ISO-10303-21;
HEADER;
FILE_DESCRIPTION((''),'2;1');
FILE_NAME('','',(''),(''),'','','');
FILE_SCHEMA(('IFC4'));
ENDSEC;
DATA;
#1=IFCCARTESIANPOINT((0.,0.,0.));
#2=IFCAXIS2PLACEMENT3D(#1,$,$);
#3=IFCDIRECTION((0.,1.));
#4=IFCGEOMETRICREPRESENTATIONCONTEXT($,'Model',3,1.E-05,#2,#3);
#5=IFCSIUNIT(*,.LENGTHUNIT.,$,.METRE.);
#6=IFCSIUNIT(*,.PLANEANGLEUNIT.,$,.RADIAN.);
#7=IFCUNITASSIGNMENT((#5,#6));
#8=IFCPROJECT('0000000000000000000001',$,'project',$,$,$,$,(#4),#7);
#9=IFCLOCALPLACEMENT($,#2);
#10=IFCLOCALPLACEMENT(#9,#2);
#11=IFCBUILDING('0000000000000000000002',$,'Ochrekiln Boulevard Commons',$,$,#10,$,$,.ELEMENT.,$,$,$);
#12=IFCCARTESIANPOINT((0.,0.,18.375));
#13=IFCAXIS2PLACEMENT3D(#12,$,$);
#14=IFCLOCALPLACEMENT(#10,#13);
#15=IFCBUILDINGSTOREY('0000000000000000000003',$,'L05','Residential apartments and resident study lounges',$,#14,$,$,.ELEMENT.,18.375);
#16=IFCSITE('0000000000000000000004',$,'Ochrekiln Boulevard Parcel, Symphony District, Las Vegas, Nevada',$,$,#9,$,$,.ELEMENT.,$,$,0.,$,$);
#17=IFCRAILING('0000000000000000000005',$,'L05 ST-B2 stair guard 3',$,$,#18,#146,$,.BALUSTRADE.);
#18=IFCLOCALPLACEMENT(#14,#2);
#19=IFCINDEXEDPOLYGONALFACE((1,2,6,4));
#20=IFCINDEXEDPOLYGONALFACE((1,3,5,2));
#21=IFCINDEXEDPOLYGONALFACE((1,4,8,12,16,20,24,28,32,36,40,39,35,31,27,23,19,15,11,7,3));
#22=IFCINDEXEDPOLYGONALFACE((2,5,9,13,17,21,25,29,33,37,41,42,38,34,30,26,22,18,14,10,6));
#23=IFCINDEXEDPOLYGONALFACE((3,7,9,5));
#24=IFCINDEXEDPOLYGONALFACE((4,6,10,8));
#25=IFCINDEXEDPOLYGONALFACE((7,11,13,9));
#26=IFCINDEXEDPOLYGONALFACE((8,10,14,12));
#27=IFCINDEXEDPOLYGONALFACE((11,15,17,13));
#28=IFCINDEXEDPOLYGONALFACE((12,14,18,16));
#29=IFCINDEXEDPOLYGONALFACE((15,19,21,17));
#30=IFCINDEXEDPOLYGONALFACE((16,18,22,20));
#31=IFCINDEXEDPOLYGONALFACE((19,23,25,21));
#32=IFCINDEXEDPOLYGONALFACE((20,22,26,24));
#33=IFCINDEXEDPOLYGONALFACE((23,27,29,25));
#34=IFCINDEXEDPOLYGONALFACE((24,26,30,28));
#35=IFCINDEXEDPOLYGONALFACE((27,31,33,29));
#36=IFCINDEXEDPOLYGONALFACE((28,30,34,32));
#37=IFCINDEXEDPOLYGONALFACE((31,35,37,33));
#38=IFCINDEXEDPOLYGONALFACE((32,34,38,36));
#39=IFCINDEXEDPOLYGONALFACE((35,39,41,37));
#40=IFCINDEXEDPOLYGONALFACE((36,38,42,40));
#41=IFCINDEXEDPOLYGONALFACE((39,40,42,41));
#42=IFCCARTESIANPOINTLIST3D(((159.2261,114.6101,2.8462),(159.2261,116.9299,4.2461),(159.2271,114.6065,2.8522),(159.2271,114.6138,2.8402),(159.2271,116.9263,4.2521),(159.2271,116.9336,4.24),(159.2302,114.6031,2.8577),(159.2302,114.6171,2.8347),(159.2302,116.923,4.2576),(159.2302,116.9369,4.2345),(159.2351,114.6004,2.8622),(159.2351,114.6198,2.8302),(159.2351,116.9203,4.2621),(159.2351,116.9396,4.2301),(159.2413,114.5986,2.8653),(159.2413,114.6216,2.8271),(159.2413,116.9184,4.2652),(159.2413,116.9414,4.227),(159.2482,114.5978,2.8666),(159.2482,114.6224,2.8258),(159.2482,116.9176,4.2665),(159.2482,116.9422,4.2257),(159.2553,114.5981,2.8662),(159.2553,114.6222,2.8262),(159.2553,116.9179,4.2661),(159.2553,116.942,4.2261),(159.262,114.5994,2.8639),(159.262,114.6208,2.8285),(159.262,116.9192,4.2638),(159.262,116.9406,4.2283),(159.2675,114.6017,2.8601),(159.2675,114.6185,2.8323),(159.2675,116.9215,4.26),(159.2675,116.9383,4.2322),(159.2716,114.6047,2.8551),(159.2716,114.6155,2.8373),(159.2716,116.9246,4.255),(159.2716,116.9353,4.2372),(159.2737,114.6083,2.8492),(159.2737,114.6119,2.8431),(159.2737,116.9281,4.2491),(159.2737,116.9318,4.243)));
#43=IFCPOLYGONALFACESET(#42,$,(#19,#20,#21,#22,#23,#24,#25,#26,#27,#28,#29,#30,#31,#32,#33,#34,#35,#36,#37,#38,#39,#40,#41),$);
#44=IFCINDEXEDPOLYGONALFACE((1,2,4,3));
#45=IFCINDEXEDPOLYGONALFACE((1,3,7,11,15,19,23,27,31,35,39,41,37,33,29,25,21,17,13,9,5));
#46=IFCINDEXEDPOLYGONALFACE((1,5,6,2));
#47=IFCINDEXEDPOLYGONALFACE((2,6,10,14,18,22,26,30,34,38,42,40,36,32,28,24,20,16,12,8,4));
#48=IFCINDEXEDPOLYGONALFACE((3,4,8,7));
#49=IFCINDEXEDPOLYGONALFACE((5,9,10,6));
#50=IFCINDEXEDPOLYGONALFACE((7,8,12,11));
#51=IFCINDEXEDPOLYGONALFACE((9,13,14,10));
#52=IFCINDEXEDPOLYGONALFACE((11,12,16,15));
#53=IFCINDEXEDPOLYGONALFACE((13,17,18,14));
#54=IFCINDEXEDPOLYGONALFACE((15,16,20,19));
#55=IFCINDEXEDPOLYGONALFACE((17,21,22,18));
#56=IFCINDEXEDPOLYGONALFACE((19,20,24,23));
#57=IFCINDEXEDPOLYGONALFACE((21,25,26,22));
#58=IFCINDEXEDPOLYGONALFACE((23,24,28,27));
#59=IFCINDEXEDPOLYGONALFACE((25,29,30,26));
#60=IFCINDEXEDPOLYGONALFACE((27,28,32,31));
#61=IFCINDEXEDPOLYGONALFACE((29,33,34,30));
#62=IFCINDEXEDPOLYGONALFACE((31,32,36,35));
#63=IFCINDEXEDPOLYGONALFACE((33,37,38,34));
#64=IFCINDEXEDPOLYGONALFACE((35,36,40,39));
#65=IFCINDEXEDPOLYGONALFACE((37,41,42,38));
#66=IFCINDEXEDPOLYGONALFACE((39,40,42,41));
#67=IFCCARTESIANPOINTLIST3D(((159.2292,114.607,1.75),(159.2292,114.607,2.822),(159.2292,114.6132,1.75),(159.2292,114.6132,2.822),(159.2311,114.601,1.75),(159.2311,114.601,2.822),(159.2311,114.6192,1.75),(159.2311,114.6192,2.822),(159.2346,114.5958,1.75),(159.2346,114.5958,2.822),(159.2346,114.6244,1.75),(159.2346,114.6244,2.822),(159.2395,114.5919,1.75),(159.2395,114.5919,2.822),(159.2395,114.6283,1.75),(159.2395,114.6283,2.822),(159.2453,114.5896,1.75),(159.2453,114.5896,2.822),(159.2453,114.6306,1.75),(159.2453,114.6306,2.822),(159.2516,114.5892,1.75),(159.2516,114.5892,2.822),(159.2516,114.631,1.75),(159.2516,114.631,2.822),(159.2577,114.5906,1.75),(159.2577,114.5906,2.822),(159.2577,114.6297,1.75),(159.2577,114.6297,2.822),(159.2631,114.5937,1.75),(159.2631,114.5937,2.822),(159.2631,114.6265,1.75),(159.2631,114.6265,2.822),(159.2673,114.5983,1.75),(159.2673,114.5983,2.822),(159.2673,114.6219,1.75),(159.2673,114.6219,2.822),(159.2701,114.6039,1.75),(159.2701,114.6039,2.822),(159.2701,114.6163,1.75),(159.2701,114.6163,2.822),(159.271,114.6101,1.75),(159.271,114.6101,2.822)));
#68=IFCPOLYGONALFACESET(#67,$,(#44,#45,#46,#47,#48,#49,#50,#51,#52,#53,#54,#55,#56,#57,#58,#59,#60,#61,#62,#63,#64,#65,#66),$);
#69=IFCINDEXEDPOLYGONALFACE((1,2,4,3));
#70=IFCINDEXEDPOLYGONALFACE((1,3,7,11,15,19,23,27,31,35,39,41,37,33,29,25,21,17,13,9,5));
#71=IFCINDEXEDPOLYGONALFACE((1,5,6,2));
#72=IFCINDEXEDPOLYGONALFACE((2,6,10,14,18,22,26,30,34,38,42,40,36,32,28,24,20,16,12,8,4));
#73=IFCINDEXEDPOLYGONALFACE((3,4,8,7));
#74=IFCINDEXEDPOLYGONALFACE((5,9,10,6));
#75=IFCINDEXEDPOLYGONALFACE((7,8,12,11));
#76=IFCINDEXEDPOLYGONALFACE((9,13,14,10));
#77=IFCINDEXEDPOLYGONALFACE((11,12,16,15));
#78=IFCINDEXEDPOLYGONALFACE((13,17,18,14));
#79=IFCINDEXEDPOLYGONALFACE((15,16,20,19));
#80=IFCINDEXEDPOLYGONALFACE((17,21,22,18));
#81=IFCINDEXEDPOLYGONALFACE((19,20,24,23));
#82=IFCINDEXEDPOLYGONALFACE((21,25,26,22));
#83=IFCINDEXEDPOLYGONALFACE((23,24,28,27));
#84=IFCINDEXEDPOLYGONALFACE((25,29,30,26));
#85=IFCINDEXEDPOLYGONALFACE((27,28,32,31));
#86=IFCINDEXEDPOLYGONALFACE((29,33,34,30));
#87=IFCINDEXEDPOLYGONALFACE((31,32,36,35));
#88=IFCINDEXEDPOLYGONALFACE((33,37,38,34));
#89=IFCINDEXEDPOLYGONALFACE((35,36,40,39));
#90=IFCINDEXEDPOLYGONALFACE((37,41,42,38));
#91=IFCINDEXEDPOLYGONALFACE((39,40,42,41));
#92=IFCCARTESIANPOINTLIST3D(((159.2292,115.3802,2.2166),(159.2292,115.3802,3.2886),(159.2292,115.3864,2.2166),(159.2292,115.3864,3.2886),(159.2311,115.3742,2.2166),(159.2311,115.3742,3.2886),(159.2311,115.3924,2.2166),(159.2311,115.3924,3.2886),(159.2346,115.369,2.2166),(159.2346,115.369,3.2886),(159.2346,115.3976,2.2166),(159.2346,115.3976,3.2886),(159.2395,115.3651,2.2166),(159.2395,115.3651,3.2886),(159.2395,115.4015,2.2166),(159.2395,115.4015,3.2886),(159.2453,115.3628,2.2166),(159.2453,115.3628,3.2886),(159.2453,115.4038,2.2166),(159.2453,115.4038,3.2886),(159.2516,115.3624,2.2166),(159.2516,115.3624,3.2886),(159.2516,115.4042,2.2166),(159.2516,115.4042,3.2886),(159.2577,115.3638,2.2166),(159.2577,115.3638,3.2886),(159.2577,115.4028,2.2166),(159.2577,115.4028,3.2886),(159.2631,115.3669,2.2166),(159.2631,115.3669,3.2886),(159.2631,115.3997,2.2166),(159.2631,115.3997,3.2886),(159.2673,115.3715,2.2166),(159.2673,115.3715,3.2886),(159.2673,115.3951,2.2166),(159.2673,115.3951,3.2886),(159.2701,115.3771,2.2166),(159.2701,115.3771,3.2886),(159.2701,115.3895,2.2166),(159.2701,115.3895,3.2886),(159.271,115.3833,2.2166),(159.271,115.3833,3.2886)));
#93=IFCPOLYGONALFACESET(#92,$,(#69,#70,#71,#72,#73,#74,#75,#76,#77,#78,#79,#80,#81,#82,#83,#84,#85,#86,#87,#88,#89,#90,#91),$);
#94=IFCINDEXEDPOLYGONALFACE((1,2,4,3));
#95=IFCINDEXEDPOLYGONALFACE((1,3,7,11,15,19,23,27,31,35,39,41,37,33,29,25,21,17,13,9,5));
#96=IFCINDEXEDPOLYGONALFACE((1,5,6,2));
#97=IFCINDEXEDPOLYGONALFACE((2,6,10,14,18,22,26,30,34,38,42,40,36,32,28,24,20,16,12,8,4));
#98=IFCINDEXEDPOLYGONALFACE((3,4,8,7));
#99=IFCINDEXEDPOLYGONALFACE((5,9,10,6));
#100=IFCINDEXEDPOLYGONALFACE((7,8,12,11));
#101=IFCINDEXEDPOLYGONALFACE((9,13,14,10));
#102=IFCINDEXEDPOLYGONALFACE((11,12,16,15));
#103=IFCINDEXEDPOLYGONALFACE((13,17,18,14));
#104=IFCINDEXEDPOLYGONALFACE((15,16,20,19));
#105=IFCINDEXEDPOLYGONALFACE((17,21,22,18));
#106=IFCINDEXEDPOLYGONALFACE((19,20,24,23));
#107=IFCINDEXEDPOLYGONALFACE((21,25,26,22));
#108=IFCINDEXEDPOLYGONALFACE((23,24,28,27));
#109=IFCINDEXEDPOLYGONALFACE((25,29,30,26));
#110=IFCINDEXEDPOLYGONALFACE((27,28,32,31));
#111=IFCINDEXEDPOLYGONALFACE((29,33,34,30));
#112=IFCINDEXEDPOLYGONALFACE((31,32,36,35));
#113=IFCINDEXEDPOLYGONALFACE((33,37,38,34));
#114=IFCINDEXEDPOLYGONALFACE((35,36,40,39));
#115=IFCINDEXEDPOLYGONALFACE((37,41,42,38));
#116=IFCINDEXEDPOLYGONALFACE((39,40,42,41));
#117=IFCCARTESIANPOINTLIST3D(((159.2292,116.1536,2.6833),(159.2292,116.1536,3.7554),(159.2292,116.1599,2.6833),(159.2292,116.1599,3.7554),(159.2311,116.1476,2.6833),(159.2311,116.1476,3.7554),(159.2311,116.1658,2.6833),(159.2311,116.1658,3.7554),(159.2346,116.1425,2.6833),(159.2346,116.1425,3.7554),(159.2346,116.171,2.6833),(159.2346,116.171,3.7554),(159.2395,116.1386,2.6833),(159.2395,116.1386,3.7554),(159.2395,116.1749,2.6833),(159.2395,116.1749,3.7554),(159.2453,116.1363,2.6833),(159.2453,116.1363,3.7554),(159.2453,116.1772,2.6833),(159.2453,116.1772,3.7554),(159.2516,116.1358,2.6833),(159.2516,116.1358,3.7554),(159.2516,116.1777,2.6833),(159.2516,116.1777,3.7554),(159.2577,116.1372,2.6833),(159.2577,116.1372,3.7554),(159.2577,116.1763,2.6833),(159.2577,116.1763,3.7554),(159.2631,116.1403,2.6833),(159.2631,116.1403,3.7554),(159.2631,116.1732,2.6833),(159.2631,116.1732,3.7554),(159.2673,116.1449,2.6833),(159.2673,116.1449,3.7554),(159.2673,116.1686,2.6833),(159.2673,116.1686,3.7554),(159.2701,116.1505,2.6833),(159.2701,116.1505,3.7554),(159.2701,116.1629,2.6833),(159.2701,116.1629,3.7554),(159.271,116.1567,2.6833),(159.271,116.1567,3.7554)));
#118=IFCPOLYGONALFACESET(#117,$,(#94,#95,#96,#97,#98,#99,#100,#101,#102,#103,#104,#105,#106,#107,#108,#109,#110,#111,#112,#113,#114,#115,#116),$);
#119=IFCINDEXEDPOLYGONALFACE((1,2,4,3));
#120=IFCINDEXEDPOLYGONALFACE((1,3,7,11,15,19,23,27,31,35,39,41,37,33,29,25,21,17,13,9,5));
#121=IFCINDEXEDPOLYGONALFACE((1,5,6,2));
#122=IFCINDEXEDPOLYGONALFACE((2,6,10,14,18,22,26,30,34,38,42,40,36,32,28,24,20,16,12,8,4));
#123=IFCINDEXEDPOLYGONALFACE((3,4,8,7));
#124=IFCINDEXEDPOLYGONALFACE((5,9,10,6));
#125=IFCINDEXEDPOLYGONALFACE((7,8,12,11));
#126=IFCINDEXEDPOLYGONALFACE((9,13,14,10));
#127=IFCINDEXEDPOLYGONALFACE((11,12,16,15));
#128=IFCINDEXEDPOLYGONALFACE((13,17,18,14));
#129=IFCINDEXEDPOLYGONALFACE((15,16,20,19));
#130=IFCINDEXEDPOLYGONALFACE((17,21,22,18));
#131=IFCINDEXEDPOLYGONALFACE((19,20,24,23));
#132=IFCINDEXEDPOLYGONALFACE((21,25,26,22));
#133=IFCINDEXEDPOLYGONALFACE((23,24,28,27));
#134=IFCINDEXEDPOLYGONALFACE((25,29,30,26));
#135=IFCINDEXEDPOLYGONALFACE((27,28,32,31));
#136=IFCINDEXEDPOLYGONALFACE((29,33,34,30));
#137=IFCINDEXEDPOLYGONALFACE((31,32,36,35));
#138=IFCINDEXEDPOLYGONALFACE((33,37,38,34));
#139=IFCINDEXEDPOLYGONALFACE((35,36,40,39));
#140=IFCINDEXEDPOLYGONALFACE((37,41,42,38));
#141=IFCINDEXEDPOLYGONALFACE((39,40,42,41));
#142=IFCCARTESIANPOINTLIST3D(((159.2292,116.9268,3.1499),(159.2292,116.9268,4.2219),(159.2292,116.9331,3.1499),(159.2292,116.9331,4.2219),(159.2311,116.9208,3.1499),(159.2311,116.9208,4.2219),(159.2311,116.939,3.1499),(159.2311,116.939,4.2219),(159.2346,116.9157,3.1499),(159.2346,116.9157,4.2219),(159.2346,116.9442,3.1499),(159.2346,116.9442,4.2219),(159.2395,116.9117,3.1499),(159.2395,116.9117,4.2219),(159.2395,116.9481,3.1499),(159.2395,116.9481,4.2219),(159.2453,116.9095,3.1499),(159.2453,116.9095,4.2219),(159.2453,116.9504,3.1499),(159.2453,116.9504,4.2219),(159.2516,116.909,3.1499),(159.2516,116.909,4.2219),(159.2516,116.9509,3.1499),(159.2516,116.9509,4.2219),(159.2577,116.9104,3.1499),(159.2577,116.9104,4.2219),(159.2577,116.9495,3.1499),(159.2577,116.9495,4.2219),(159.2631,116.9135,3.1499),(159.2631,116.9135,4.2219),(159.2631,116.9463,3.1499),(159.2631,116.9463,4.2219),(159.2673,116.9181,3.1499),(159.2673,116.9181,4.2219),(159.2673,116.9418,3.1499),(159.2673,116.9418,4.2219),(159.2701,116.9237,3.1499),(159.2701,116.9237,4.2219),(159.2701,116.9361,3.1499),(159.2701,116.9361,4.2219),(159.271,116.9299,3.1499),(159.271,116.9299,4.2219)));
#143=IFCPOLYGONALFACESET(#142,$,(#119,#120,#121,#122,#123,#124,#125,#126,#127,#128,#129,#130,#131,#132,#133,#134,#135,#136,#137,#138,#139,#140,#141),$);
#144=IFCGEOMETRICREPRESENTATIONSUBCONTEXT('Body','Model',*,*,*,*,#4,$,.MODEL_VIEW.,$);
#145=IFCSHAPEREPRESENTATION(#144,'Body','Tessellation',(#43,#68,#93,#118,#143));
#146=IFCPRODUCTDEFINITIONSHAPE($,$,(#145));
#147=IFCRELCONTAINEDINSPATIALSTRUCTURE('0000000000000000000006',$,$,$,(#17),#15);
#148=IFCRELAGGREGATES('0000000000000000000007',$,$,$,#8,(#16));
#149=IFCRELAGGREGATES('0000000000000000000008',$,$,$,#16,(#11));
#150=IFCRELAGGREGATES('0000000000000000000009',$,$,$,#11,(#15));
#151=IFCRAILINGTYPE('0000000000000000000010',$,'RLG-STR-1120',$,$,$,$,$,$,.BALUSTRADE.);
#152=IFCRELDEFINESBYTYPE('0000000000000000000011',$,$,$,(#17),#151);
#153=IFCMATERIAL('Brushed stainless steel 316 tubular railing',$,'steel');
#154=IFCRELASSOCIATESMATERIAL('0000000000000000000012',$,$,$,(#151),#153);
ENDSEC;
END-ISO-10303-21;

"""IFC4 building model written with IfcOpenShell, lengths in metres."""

from ifc_helpers import new_model, si_unit, direction, frame, origin, origin_2d, place, context, subcontext, project, spatial, circle, extrude, material, type_object, element, save


model = new_model("IFC4")

# Units and contexts
model_context = context("Model", 3, precision=1e-05, world=origin(), true_north=direction((0.0, 1.0)))
body_context = subcontext(model_context, "Body", "Model", "MODEL_VIEW")
ifc_project = project(units=[si_unit("LENGTHUNIT", "METRE"), si_unit("PLANEANGLEUNIT", "RADIAN")], contexts=[model_context])

# Site, building, storey
site_placement = place(None, origin())
site = spatial("IfcSite", under=ifc_project, at=site_placement, Name="Ochrekiln Boulevard Parcel, Symphony District, Las Vegas, Nevada", CompositionType="ELEMENT", RefElevation=0.0)
building_placement = place(site_placement, origin())
building = spatial("IfcBuilding", under=site, at=building_placement, Name="Ochrekiln Boulevard Commons", CompositionType="ELEMENT")
storey_placement = place(building_placement, frame((0.0, 0.0, 18.375)))
storey = spatial("IfcBuildingStorey", under=building, at=storey_placement, Name="L05", Description="Residential apartments and resident study lounges", CompositionType="ELEMENT", Elevation=18.375)

# Railing
ifc_material_1 = material(Name="Brushed stainless steel 316 tubular railing", Category="steel")
railing_type_1 = type_object("IfcRailingType", Name="RLG-STR-1120", PredefinedType="BALUSTRADE", material=ifc_material_1)
railing_1_placement = place(storey_placement, frame((159.25, 114.6101, 1.75)))
element("IfcRailing", 1, at=railing_1_placement, inside=storey, type_object=railing_type_1, Name="L05 ST-B2 stair guard 3", PredefinedType="BALUSTRADE", context=body_context, shape_type="SweptSolid", body=[
    extrude(circle(Radius=0.0239, at=origin_2d()), frame((0.0, 0.0, 1.0962), z_axis=(0.0, 0.856186, 0.516667), x_axis=(-1.0, 0.0, 0.0)), (0.0, 0.0, 1.0), 2.7095),
    extrude(circle(Radius=0.021, at=origin_2d()), origin(), (0.0, 0.0, 1.0), 1.072),
    extrude(circle(Radius=0.021, at=origin_2d()), frame((0.0, 0.7732, 0.4666)), (0.0, 0.0, 1.0), 1.072),
    extrude(circle(Radius=0.021, at=origin_2d()), frame((0.0, 1.5466, 0.9333)), (0.0, 0.0, 1.0), 1.072),
    extrude(circle(Radius=0.021, at=origin_2d()), frame((0.0, 2.3198, 1.3999)), (0.0, 0.0, 1.0), 1.072),
])

save(model, "model.ifc")
